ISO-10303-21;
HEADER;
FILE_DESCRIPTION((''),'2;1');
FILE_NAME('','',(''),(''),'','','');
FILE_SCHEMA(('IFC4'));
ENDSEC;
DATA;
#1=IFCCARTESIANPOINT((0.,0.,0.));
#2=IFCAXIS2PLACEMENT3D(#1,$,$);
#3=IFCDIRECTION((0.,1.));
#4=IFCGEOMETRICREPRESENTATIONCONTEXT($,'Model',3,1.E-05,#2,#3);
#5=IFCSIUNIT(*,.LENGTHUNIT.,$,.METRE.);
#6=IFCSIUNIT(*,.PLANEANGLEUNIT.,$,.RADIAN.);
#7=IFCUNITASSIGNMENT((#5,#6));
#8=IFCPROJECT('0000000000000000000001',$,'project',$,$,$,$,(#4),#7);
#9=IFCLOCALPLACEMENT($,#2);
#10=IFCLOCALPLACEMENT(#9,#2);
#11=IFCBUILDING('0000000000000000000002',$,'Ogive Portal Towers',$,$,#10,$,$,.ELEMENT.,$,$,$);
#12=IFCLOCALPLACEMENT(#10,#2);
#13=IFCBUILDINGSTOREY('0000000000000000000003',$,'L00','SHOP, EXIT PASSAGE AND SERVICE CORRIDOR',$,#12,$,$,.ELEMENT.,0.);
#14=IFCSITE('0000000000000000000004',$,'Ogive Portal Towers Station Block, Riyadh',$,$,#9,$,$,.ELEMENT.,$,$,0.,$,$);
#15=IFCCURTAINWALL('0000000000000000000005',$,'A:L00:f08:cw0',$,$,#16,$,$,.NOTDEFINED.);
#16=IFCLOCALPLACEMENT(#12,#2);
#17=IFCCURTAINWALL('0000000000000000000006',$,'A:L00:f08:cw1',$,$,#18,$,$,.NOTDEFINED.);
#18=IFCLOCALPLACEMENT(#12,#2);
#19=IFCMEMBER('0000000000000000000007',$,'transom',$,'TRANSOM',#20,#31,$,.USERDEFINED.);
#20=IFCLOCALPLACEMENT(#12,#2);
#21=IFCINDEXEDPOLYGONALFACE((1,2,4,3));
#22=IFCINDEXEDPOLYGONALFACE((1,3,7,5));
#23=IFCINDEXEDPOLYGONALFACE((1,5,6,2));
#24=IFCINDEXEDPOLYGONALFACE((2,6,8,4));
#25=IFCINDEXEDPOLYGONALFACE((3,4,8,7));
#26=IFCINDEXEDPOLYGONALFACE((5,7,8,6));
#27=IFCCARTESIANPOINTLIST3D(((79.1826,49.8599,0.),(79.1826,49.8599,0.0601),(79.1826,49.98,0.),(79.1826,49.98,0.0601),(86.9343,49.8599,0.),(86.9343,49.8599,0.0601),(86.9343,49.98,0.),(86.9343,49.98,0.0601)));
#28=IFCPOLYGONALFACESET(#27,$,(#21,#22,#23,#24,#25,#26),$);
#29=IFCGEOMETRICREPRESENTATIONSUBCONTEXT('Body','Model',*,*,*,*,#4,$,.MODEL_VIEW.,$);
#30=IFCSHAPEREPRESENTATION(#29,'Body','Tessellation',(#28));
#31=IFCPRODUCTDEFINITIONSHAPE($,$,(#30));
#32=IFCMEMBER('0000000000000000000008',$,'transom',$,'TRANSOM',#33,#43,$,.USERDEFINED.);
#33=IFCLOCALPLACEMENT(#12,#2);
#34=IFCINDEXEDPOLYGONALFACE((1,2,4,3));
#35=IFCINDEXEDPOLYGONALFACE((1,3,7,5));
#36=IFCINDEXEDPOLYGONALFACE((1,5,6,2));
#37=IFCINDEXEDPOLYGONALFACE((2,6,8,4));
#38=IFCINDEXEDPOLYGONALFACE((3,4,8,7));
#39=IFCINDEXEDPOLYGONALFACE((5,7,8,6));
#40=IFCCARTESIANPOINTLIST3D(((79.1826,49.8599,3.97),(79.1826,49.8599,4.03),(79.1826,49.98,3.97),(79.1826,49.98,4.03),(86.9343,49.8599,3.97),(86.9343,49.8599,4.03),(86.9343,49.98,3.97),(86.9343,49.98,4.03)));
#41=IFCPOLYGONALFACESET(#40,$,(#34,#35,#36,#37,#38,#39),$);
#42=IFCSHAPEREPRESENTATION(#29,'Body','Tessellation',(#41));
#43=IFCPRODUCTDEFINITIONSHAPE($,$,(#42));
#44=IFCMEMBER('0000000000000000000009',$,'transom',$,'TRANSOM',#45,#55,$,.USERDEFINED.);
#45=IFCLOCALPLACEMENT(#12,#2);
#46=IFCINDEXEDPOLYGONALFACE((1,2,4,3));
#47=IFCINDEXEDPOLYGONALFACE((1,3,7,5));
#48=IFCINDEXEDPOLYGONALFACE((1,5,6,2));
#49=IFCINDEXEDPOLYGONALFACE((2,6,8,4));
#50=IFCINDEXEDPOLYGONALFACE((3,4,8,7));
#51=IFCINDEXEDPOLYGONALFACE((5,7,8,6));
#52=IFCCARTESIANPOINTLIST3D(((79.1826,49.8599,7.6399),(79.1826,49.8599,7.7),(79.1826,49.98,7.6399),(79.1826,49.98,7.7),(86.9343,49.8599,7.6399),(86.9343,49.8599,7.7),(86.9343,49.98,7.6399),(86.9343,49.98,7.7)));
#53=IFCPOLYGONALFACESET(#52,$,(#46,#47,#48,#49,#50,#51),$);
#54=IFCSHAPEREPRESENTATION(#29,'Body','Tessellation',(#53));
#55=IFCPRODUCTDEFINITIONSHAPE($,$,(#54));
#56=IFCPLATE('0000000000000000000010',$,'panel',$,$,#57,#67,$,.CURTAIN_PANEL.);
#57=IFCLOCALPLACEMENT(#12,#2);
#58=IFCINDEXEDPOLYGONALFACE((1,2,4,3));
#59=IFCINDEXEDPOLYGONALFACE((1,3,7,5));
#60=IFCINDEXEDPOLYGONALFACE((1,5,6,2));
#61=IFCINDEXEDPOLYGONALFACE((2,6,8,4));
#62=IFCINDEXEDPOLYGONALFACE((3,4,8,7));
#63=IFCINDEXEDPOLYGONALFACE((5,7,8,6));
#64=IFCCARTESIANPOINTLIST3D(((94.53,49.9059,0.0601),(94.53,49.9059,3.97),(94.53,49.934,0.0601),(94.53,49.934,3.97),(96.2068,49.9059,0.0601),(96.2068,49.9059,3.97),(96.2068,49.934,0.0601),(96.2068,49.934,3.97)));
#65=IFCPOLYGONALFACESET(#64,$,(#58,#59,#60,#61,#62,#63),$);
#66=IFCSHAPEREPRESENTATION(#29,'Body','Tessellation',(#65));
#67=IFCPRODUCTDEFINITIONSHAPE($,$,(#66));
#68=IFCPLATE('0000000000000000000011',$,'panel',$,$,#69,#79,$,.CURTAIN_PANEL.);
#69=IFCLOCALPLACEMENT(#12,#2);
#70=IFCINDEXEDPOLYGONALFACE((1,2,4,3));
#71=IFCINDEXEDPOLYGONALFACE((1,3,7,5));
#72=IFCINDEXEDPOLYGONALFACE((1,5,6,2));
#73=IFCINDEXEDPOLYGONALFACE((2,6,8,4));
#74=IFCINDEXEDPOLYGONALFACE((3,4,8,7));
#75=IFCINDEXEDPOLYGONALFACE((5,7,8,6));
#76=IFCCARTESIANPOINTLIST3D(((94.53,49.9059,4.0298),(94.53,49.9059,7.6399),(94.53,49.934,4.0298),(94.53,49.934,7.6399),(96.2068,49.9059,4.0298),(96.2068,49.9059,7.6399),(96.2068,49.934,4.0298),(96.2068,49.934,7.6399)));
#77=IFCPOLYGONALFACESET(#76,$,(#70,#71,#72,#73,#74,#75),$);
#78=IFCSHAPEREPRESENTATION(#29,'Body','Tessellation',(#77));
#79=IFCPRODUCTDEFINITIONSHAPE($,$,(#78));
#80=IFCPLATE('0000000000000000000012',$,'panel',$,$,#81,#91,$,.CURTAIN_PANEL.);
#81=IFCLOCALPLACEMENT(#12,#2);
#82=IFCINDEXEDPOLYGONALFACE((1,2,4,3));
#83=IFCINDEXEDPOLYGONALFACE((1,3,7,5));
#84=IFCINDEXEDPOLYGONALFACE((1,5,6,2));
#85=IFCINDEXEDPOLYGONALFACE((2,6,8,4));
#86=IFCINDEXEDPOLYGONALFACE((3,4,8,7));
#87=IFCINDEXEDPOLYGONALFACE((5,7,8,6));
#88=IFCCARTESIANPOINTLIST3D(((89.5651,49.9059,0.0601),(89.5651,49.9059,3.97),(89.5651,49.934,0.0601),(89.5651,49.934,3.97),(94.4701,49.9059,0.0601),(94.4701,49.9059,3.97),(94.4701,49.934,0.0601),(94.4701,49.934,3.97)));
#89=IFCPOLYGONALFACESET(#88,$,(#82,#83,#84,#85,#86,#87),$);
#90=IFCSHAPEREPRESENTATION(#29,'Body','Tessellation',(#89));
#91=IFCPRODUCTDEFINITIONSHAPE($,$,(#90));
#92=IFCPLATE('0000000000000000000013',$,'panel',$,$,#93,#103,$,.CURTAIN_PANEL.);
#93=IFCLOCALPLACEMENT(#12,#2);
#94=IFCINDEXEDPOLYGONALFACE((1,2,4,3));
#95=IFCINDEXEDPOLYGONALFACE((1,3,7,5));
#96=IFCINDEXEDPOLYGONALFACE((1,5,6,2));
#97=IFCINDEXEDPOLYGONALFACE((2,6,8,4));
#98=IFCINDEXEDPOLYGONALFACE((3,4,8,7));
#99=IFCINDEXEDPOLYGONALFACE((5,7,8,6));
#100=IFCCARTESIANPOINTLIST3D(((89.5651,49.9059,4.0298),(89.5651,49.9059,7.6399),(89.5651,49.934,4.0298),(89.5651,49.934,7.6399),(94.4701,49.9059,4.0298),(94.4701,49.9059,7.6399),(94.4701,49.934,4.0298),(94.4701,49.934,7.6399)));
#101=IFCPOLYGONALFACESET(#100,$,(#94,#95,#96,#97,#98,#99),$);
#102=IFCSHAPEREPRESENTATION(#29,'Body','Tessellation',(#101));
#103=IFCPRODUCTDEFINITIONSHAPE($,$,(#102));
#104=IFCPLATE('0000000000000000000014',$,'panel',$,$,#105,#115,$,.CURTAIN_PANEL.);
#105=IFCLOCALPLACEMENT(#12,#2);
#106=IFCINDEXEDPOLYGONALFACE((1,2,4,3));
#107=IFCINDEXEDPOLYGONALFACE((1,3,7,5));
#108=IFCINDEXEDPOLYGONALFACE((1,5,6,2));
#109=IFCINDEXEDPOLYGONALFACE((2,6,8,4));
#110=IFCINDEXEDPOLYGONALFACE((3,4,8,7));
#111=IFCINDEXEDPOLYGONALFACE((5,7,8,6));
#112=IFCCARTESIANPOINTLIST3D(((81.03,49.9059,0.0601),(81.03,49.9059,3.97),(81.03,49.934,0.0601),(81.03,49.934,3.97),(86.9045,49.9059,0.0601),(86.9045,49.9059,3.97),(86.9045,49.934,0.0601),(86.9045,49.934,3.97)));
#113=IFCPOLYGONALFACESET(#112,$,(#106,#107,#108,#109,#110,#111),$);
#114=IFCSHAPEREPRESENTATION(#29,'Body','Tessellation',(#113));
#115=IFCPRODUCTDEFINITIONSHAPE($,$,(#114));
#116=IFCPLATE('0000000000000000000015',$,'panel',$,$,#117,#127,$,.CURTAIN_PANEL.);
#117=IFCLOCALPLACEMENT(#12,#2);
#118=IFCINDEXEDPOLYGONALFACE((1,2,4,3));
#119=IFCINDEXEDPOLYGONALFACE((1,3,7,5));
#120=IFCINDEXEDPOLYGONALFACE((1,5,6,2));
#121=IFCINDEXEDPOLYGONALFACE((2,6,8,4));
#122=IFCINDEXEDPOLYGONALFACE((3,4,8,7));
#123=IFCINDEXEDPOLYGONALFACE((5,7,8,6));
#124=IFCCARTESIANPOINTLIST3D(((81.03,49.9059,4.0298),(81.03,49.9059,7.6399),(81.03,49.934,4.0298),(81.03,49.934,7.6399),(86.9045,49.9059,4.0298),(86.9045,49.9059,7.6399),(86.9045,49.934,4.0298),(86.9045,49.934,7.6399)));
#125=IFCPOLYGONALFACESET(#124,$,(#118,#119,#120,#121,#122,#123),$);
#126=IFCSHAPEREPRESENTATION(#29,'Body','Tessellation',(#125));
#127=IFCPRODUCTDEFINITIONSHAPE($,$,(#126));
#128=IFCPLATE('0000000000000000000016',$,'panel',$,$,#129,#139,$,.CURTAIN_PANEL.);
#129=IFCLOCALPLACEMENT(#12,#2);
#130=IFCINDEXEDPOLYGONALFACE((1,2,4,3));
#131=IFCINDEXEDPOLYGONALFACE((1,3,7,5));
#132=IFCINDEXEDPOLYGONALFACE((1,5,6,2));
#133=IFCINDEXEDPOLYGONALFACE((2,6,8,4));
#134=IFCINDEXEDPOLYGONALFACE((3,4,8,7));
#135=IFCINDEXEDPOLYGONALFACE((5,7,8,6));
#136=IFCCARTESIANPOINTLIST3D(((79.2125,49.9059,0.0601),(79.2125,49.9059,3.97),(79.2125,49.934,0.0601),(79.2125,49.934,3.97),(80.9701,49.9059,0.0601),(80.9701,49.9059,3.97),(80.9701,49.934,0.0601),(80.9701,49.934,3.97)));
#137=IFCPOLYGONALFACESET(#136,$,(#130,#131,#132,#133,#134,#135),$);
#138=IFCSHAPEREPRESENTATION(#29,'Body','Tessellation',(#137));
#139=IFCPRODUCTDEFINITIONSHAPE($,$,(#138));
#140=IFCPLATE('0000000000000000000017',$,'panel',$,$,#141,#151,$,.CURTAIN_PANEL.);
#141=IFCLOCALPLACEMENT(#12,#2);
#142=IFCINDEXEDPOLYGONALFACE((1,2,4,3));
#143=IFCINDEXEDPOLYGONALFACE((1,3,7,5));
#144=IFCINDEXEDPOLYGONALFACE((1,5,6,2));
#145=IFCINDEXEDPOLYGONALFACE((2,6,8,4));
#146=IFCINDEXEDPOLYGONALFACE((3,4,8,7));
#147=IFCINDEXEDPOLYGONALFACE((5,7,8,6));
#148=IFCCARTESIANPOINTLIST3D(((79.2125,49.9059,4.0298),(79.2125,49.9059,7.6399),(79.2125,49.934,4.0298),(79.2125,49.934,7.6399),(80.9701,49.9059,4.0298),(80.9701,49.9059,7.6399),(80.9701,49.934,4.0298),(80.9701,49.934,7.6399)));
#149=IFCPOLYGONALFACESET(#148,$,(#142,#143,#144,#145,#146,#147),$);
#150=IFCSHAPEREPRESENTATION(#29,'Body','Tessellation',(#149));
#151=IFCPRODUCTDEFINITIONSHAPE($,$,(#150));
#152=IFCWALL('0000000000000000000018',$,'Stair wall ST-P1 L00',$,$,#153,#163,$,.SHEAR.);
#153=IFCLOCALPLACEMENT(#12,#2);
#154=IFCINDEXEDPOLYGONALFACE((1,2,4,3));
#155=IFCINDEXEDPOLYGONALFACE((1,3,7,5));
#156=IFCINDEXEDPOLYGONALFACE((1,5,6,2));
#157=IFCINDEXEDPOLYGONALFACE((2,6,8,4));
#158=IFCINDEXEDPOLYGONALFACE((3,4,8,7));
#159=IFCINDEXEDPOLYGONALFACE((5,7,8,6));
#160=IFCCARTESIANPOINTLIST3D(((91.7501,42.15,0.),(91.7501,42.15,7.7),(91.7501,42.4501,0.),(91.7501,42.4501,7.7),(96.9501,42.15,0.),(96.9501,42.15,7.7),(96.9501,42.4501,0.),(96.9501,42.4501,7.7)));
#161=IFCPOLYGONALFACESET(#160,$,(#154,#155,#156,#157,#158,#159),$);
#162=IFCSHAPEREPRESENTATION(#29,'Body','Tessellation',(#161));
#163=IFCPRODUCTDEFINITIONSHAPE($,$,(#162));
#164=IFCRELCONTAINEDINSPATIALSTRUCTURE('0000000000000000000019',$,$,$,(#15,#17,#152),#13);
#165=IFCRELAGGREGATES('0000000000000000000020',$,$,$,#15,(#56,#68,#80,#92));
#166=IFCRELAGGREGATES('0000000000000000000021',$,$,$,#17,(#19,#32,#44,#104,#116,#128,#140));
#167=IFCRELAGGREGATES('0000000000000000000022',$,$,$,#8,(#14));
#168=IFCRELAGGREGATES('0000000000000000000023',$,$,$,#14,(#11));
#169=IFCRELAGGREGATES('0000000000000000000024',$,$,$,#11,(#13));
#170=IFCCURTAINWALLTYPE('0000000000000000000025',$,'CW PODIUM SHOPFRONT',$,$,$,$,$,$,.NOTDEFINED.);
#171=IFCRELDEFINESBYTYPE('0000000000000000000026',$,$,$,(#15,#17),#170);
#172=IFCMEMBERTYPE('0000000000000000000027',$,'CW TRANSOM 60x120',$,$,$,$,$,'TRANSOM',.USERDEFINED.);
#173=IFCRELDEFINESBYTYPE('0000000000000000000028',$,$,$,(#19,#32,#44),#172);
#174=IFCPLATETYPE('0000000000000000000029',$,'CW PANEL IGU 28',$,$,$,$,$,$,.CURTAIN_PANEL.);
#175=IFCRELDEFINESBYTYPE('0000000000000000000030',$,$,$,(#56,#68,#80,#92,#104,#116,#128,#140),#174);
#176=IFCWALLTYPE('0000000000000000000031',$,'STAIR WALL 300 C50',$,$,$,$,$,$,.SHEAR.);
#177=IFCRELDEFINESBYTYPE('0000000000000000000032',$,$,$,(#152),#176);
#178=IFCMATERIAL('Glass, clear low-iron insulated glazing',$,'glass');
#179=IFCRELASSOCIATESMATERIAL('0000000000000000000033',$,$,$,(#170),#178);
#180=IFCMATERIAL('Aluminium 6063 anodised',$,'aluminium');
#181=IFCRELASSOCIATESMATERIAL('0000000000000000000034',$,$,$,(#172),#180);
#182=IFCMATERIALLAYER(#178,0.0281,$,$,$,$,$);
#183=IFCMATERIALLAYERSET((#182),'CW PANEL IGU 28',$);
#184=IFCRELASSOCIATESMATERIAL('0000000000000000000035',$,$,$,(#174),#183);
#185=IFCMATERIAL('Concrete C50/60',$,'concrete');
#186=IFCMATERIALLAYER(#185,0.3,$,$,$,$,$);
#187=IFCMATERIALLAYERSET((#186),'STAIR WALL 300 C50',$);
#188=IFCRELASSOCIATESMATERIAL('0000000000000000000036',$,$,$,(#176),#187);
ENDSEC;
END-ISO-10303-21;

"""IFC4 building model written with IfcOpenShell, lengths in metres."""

from ifc_helpers import new_model, si_unit, direction, frame, frame_2d, origin, origin_2d, place, context, subcontext, project, spatial, rectangle, extrude, material, layer, layer_set, material_profile, profile_set, type_object, element, aggregate, save


model = new_model("IFC4")

# Units and contexts
model_context = context("Model", 3, precision=1e-05, world=origin(), true_north=direction((0.0, 1.0)))
body_context = subcontext(model_context, "Body", "Model", "MODEL_VIEW")
ifc_project = project(units=[si_unit("LENGTHUNIT", "METRE"), si_unit("PLANEANGLEUNIT", "RADIAN")], contexts=[model_context])

# Site, building, storey
site_placement = place(None, origin())
site = spatial("IfcSite", under=ifc_project, at=site_placement, Name="Ogive Portal Towers Station Block, Riyadh", CompositionType="ELEMENT", RefElevation=0.0)
building_placement = place(site_placement, origin())
building = spatial("IfcBuilding", under=site, at=building_placement, Name="Ogive Portal Towers", CompositionType="ELEMENT")
storey_placement = place(building_placement, origin())
storey = spatial("IfcBuildingStorey", under=building, at=storey_placement, Name="L00", Description="SHOP, EXIT PASSAGE AND SERVICE CORRIDOR", CompositionType="ELEMENT", Elevation=0.0)

# Shared definitions
ifc_material_1 = material(Name="Concrete C50/60", Category="concrete")

# Curtain walls
ifc_material_2 = material(Name="Glass, clear low-iron insulated glazing", Category="glass")
curtain_wall_type = type_object("IfcCurtainWallType", Name="CW PODIUM SHOPFRONT", PredefinedType="NOTDEFINED", material=ifc_material_2)
curtain_wall_1_placement = place(storey_placement, origin())
curtain_wall_1 = element("IfcCurtainWall", 1, at=curtain_wall_1_placement, inside=storey, type_object=curtain_wall_type, Name="A:L00:f08:cw0", PredefinedType="NOTDEFINED")
ifc_material_3 = material(Name="Aluminium 6063 anodised", Category="aluminium")
curtain_wall_2_placement = place(storey_placement, origin())
curtain_wall_2 = element("IfcCurtainWall", 2, at=curtain_wall_2_placement, inside=storey, type_object=curtain_wall_type, Name="A:L00:f08:cw1", PredefinedType="NOTDEFINED")

# Members
ifc_material_profile_1 = material_profile(ifc_material_3, rectangle(XDim=0.1201, YDim=0.0601, at=origin_2d()), Name="AL 120x60")
ifc_profile_set_1 = profile_set([ifc_material_profile_1], Name="Aluminium 6063 anodised")
member_type_1 = type_object("IfcMemberType", Name="CW TRANSOM 60x120", ElementType="TRANSOM", PredefinedType="USERDEFINED", material=ifc_profile_set_1)
member_1_placement = place(storey_placement, frame((86.9343, 49.9199, 0.03), z_axis=(-1.0, 0.0, 0.0), x_axis=(0.0, -1.0, 0.0)))
member_1 = element("IfcMember", 3, at=member_1_placement, type_object=member_type_1, Name="transom", ObjectType="TRANSOM", PredefinedType="USERDEFINED", context=body_context, shape_type="SweptSolid", body=[
    extrude(rectangle(XDim=0.1201, YDim=0.0601, at=origin_2d()), origin(), (0.0, 0.0, 1.0), 7.7517),
])
member_2_placement = place(storey_placement, frame((86.9343, 49.9199, 4.0), z_axis=(-1.0, 0.0, 0.0), x_axis=(0.0, -1.0, 0.0)))
member_2 = element("IfcMember", 4, at=member_2_placement, type_object=member_type_1, Name="transom", ObjectType="TRANSOM", PredefinedType="USERDEFINED", context=body_context, shape_type="SweptSolid", body=[
    extrude(rectangle(XDim=0.1201, YDim=0.0601, at=origin_2d()), origin(), (0.0, 0.0, 1.0), 7.7517),
])
member_3_placement = place(storey_placement, frame((86.9343, 49.9199, 7.6699), z_axis=(-1.0, 0.0, 0.0), x_axis=(0.0, -1.0, 0.0)))
member_3 = element("IfcMember", 5, at=member_3_placement, type_object=member_type_1, Name="transom", ObjectType="TRANSOM", PredefinedType="USERDEFINED", context=body_context, shape_type="SweptSolid", body=[
    extrude(rectangle(XDim=0.1201, YDim=0.0601, at=origin_2d()), origin(), (0.0, 0.0, 1.0), 7.7517),
])

# Plates
ifc_layer_1 = layer(ifc_material_2, 0.0281)
ifc_layer_set_1 = layer_set([ifc_layer_1], Name="CW PANEL IGU 28")
plate_type = type_object("IfcPlateType", Name="CW PANEL IGU 28", PredefinedType="CURTAIN_PANEL", material=ifc_layer_set_1)
plate_1_placement = place(storey_placement, frame((95.3684, 49.9199, 0.0601), z_axis=(0.0, 0.0, 1.0), x_axis=(-1.0, 0.0, 0.0)))
plate_1 = element("IfcPlate", 6, at=plate_1_placement, type_object=plate_type, Name="panel", PredefinedType="CURTAIN_PANEL", context=body_context, shape_type="SweptSolid", body=[
    extrude(rectangle(XDim=1.6768, YDim=0.0281, at=origin_2d()), origin(), (0.0, 0.0, 1.0), 3.9099),
])
plate_2_placement = place(storey_placement, frame((95.3684, 49.9199, 4.0298), z_axis=(0.0, 0.0, 1.0), x_axis=(-1.0, 0.0, 0.0)))
plate_2 = element("IfcPlate", 7, at=plate_2_placement, type_object=plate_type, Name="panel", PredefinedType="CURTAIN_PANEL", context=body_context, shape_type="SweptSolid", body=[
    extrude(rectangle(XDim=1.6768, YDim=0.0281, at=origin_2d()), origin(), (0.0, 0.0, 1.0), 3.6101),
])
plate_3_placement = place(storey_placement, frame((92.0176, 49.9199, 0.0601), z_axis=(0.0, 0.0, 1.0), x_axis=(-1.0, 0.0, 0.0)))
plate_3 = element("IfcPlate", 8, at=plate_3_placement, type_object=plate_type, Name="panel", PredefinedType="CURTAIN_PANEL", context=body_context, shape_type="SweptSolid", body=[
    extrude(rectangle(XDim=4.905, YDim=0.0281, at=origin_2d()), origin(), (0.0, 0.0, 1.0), 3.9099),
])
plate_4_placement = place(storey_placement, frame((92.0176, 49.9199, 4.0298), z_axis=(0.0, 0.0, 1.0), x_axis=(-1.0, 0.0, 0.0)))
plate_4 = element("IfcPlate", 9, at=plate_4_placement, type_object=plate_type, Name="panel", PredefinedType="CURTAIN_PANEL", context=body_context, shape_type="SweptSolid", body=[
    extrude(rectangle(XDim=4.905, YDim=0.0281, at=origin_2d()), origin(), (0.0, 0.0, 1.0), 3.6101),
])
aggregate(curtain_wall_1, [plate_1, plate_2, plate_3, plate_4])
plate_5_placement = place(storey_placement, frame((83.9673, 49.9199, 0.0601), z_axis=(0.0, 0.0, 1.0), x_axis=(-1.0, 0.0, 0.0)))
plate_5 = element("IfcPlate", 10, at=plate_5_placement, type_object=plate_type, Name="panel", PredefinedType="CURTAIN_PANEL", context=body_context, shape_type="SweptSolid", body=[
    extrude(rectangle(XDim=5.8745, YDim=0.0281, at=origin_2d()), origin(), (0.0, 0.0, 1.0), 3.9099),
])
plate_6_placement = place(storey_placement, frame((83.9673, 49.9199, 4.0298), z_axis=(0.0, 0.0, 1.0), x_axis=(-1.0, 0.0, 0.0)))
plate_6 = element("IfcPlate", 11, at=plate_6_placement, type_object=plate_type, Name="panel", PredefinedType="CURTAIN_PANEL", context=body_context, shape_type="SweptSolid", body=[
    extrude(rectangle(XDim=5.8745, YDim=0.0281, at=origin_2d()), origin(), (0.0, 0.0, 1.0), 3.6101),
])
plate_7_placement = place(storey_placement, frame((80.0913, 49.9199, 0.0601), z_axis=(0.0, 0.0, 1.0), x_axis=(-1.0, 0.0, 0.0)))
plate_7 = element("IfcPlate", 12, at=plate_7_placement, type_object=plate_type, Name="panel", PredefinedType="CURTAIN_PANEL", context=body_context, shape_type="SweptSolid", body=[
    extrude(rectangle(XDim=1.7576, YDim=0.0281, at=origin_2d()), origin(), (0.0, 0.0, 1.0), 3.9099),
])
plate_8_placement = place(storey_placement, frame((80.0913, 49.9199, 4.0298), z_axis=(0.0, 0.0, 1.0), x_axis=(-1.0, 0.0, 0.0)))
plate_8 = element("IfcPlate", 13, at=plate_8_placement, type_object=plate_type, Name="panel", PredefinedType="CURTAIN_PANEL", context=body_context, shape_type="SweptSolid", body=[
    extrude(rectangle(XDim=1.7576, YDim=0.0281, at=origin_2d()), origin(), (0.0, 0.0, 1.0), 3.6101),
])
aggregate(curtain_wall_2, [member_1, member_2, member_3, plate_5, plate_6, plate_7, plate_8])

# Wall
ifc_layer_2 = layer(ifc_material_1, 0.3)
ifc_layer_set_2 = layer_set([ifc_layer_2], Name="STAIR WALL 300 C50")
wall_type_1 = type_object("IfcWallType", Name="STAIR WALL 300 C50", PredefinedType="SHEAR", material=ifc_layer_set_2)
wall_1_placement = place(storey_placement, frame((91.75, 42.3, 0.0), z_axis=(0.0, 0.0, 1.0), x_axis=(1.0, 0.0, 0.0)))
element("IfcWall", 14, at=wall_1_placement, inside=storey, type_object=wall_type_1, Name="Stair wall ST-P1 L00", PredefinedType="SHEAR", context=body_context, shape_type="SweptSolid", body=[
    extrude(rectangle(XDim=5.2, YDim=0.3, at=frame_2d((2.6001, 0.0))), origin(), (0.0, 0.0, 1.0), 7.7),
])

save(model, "model.ifc")
